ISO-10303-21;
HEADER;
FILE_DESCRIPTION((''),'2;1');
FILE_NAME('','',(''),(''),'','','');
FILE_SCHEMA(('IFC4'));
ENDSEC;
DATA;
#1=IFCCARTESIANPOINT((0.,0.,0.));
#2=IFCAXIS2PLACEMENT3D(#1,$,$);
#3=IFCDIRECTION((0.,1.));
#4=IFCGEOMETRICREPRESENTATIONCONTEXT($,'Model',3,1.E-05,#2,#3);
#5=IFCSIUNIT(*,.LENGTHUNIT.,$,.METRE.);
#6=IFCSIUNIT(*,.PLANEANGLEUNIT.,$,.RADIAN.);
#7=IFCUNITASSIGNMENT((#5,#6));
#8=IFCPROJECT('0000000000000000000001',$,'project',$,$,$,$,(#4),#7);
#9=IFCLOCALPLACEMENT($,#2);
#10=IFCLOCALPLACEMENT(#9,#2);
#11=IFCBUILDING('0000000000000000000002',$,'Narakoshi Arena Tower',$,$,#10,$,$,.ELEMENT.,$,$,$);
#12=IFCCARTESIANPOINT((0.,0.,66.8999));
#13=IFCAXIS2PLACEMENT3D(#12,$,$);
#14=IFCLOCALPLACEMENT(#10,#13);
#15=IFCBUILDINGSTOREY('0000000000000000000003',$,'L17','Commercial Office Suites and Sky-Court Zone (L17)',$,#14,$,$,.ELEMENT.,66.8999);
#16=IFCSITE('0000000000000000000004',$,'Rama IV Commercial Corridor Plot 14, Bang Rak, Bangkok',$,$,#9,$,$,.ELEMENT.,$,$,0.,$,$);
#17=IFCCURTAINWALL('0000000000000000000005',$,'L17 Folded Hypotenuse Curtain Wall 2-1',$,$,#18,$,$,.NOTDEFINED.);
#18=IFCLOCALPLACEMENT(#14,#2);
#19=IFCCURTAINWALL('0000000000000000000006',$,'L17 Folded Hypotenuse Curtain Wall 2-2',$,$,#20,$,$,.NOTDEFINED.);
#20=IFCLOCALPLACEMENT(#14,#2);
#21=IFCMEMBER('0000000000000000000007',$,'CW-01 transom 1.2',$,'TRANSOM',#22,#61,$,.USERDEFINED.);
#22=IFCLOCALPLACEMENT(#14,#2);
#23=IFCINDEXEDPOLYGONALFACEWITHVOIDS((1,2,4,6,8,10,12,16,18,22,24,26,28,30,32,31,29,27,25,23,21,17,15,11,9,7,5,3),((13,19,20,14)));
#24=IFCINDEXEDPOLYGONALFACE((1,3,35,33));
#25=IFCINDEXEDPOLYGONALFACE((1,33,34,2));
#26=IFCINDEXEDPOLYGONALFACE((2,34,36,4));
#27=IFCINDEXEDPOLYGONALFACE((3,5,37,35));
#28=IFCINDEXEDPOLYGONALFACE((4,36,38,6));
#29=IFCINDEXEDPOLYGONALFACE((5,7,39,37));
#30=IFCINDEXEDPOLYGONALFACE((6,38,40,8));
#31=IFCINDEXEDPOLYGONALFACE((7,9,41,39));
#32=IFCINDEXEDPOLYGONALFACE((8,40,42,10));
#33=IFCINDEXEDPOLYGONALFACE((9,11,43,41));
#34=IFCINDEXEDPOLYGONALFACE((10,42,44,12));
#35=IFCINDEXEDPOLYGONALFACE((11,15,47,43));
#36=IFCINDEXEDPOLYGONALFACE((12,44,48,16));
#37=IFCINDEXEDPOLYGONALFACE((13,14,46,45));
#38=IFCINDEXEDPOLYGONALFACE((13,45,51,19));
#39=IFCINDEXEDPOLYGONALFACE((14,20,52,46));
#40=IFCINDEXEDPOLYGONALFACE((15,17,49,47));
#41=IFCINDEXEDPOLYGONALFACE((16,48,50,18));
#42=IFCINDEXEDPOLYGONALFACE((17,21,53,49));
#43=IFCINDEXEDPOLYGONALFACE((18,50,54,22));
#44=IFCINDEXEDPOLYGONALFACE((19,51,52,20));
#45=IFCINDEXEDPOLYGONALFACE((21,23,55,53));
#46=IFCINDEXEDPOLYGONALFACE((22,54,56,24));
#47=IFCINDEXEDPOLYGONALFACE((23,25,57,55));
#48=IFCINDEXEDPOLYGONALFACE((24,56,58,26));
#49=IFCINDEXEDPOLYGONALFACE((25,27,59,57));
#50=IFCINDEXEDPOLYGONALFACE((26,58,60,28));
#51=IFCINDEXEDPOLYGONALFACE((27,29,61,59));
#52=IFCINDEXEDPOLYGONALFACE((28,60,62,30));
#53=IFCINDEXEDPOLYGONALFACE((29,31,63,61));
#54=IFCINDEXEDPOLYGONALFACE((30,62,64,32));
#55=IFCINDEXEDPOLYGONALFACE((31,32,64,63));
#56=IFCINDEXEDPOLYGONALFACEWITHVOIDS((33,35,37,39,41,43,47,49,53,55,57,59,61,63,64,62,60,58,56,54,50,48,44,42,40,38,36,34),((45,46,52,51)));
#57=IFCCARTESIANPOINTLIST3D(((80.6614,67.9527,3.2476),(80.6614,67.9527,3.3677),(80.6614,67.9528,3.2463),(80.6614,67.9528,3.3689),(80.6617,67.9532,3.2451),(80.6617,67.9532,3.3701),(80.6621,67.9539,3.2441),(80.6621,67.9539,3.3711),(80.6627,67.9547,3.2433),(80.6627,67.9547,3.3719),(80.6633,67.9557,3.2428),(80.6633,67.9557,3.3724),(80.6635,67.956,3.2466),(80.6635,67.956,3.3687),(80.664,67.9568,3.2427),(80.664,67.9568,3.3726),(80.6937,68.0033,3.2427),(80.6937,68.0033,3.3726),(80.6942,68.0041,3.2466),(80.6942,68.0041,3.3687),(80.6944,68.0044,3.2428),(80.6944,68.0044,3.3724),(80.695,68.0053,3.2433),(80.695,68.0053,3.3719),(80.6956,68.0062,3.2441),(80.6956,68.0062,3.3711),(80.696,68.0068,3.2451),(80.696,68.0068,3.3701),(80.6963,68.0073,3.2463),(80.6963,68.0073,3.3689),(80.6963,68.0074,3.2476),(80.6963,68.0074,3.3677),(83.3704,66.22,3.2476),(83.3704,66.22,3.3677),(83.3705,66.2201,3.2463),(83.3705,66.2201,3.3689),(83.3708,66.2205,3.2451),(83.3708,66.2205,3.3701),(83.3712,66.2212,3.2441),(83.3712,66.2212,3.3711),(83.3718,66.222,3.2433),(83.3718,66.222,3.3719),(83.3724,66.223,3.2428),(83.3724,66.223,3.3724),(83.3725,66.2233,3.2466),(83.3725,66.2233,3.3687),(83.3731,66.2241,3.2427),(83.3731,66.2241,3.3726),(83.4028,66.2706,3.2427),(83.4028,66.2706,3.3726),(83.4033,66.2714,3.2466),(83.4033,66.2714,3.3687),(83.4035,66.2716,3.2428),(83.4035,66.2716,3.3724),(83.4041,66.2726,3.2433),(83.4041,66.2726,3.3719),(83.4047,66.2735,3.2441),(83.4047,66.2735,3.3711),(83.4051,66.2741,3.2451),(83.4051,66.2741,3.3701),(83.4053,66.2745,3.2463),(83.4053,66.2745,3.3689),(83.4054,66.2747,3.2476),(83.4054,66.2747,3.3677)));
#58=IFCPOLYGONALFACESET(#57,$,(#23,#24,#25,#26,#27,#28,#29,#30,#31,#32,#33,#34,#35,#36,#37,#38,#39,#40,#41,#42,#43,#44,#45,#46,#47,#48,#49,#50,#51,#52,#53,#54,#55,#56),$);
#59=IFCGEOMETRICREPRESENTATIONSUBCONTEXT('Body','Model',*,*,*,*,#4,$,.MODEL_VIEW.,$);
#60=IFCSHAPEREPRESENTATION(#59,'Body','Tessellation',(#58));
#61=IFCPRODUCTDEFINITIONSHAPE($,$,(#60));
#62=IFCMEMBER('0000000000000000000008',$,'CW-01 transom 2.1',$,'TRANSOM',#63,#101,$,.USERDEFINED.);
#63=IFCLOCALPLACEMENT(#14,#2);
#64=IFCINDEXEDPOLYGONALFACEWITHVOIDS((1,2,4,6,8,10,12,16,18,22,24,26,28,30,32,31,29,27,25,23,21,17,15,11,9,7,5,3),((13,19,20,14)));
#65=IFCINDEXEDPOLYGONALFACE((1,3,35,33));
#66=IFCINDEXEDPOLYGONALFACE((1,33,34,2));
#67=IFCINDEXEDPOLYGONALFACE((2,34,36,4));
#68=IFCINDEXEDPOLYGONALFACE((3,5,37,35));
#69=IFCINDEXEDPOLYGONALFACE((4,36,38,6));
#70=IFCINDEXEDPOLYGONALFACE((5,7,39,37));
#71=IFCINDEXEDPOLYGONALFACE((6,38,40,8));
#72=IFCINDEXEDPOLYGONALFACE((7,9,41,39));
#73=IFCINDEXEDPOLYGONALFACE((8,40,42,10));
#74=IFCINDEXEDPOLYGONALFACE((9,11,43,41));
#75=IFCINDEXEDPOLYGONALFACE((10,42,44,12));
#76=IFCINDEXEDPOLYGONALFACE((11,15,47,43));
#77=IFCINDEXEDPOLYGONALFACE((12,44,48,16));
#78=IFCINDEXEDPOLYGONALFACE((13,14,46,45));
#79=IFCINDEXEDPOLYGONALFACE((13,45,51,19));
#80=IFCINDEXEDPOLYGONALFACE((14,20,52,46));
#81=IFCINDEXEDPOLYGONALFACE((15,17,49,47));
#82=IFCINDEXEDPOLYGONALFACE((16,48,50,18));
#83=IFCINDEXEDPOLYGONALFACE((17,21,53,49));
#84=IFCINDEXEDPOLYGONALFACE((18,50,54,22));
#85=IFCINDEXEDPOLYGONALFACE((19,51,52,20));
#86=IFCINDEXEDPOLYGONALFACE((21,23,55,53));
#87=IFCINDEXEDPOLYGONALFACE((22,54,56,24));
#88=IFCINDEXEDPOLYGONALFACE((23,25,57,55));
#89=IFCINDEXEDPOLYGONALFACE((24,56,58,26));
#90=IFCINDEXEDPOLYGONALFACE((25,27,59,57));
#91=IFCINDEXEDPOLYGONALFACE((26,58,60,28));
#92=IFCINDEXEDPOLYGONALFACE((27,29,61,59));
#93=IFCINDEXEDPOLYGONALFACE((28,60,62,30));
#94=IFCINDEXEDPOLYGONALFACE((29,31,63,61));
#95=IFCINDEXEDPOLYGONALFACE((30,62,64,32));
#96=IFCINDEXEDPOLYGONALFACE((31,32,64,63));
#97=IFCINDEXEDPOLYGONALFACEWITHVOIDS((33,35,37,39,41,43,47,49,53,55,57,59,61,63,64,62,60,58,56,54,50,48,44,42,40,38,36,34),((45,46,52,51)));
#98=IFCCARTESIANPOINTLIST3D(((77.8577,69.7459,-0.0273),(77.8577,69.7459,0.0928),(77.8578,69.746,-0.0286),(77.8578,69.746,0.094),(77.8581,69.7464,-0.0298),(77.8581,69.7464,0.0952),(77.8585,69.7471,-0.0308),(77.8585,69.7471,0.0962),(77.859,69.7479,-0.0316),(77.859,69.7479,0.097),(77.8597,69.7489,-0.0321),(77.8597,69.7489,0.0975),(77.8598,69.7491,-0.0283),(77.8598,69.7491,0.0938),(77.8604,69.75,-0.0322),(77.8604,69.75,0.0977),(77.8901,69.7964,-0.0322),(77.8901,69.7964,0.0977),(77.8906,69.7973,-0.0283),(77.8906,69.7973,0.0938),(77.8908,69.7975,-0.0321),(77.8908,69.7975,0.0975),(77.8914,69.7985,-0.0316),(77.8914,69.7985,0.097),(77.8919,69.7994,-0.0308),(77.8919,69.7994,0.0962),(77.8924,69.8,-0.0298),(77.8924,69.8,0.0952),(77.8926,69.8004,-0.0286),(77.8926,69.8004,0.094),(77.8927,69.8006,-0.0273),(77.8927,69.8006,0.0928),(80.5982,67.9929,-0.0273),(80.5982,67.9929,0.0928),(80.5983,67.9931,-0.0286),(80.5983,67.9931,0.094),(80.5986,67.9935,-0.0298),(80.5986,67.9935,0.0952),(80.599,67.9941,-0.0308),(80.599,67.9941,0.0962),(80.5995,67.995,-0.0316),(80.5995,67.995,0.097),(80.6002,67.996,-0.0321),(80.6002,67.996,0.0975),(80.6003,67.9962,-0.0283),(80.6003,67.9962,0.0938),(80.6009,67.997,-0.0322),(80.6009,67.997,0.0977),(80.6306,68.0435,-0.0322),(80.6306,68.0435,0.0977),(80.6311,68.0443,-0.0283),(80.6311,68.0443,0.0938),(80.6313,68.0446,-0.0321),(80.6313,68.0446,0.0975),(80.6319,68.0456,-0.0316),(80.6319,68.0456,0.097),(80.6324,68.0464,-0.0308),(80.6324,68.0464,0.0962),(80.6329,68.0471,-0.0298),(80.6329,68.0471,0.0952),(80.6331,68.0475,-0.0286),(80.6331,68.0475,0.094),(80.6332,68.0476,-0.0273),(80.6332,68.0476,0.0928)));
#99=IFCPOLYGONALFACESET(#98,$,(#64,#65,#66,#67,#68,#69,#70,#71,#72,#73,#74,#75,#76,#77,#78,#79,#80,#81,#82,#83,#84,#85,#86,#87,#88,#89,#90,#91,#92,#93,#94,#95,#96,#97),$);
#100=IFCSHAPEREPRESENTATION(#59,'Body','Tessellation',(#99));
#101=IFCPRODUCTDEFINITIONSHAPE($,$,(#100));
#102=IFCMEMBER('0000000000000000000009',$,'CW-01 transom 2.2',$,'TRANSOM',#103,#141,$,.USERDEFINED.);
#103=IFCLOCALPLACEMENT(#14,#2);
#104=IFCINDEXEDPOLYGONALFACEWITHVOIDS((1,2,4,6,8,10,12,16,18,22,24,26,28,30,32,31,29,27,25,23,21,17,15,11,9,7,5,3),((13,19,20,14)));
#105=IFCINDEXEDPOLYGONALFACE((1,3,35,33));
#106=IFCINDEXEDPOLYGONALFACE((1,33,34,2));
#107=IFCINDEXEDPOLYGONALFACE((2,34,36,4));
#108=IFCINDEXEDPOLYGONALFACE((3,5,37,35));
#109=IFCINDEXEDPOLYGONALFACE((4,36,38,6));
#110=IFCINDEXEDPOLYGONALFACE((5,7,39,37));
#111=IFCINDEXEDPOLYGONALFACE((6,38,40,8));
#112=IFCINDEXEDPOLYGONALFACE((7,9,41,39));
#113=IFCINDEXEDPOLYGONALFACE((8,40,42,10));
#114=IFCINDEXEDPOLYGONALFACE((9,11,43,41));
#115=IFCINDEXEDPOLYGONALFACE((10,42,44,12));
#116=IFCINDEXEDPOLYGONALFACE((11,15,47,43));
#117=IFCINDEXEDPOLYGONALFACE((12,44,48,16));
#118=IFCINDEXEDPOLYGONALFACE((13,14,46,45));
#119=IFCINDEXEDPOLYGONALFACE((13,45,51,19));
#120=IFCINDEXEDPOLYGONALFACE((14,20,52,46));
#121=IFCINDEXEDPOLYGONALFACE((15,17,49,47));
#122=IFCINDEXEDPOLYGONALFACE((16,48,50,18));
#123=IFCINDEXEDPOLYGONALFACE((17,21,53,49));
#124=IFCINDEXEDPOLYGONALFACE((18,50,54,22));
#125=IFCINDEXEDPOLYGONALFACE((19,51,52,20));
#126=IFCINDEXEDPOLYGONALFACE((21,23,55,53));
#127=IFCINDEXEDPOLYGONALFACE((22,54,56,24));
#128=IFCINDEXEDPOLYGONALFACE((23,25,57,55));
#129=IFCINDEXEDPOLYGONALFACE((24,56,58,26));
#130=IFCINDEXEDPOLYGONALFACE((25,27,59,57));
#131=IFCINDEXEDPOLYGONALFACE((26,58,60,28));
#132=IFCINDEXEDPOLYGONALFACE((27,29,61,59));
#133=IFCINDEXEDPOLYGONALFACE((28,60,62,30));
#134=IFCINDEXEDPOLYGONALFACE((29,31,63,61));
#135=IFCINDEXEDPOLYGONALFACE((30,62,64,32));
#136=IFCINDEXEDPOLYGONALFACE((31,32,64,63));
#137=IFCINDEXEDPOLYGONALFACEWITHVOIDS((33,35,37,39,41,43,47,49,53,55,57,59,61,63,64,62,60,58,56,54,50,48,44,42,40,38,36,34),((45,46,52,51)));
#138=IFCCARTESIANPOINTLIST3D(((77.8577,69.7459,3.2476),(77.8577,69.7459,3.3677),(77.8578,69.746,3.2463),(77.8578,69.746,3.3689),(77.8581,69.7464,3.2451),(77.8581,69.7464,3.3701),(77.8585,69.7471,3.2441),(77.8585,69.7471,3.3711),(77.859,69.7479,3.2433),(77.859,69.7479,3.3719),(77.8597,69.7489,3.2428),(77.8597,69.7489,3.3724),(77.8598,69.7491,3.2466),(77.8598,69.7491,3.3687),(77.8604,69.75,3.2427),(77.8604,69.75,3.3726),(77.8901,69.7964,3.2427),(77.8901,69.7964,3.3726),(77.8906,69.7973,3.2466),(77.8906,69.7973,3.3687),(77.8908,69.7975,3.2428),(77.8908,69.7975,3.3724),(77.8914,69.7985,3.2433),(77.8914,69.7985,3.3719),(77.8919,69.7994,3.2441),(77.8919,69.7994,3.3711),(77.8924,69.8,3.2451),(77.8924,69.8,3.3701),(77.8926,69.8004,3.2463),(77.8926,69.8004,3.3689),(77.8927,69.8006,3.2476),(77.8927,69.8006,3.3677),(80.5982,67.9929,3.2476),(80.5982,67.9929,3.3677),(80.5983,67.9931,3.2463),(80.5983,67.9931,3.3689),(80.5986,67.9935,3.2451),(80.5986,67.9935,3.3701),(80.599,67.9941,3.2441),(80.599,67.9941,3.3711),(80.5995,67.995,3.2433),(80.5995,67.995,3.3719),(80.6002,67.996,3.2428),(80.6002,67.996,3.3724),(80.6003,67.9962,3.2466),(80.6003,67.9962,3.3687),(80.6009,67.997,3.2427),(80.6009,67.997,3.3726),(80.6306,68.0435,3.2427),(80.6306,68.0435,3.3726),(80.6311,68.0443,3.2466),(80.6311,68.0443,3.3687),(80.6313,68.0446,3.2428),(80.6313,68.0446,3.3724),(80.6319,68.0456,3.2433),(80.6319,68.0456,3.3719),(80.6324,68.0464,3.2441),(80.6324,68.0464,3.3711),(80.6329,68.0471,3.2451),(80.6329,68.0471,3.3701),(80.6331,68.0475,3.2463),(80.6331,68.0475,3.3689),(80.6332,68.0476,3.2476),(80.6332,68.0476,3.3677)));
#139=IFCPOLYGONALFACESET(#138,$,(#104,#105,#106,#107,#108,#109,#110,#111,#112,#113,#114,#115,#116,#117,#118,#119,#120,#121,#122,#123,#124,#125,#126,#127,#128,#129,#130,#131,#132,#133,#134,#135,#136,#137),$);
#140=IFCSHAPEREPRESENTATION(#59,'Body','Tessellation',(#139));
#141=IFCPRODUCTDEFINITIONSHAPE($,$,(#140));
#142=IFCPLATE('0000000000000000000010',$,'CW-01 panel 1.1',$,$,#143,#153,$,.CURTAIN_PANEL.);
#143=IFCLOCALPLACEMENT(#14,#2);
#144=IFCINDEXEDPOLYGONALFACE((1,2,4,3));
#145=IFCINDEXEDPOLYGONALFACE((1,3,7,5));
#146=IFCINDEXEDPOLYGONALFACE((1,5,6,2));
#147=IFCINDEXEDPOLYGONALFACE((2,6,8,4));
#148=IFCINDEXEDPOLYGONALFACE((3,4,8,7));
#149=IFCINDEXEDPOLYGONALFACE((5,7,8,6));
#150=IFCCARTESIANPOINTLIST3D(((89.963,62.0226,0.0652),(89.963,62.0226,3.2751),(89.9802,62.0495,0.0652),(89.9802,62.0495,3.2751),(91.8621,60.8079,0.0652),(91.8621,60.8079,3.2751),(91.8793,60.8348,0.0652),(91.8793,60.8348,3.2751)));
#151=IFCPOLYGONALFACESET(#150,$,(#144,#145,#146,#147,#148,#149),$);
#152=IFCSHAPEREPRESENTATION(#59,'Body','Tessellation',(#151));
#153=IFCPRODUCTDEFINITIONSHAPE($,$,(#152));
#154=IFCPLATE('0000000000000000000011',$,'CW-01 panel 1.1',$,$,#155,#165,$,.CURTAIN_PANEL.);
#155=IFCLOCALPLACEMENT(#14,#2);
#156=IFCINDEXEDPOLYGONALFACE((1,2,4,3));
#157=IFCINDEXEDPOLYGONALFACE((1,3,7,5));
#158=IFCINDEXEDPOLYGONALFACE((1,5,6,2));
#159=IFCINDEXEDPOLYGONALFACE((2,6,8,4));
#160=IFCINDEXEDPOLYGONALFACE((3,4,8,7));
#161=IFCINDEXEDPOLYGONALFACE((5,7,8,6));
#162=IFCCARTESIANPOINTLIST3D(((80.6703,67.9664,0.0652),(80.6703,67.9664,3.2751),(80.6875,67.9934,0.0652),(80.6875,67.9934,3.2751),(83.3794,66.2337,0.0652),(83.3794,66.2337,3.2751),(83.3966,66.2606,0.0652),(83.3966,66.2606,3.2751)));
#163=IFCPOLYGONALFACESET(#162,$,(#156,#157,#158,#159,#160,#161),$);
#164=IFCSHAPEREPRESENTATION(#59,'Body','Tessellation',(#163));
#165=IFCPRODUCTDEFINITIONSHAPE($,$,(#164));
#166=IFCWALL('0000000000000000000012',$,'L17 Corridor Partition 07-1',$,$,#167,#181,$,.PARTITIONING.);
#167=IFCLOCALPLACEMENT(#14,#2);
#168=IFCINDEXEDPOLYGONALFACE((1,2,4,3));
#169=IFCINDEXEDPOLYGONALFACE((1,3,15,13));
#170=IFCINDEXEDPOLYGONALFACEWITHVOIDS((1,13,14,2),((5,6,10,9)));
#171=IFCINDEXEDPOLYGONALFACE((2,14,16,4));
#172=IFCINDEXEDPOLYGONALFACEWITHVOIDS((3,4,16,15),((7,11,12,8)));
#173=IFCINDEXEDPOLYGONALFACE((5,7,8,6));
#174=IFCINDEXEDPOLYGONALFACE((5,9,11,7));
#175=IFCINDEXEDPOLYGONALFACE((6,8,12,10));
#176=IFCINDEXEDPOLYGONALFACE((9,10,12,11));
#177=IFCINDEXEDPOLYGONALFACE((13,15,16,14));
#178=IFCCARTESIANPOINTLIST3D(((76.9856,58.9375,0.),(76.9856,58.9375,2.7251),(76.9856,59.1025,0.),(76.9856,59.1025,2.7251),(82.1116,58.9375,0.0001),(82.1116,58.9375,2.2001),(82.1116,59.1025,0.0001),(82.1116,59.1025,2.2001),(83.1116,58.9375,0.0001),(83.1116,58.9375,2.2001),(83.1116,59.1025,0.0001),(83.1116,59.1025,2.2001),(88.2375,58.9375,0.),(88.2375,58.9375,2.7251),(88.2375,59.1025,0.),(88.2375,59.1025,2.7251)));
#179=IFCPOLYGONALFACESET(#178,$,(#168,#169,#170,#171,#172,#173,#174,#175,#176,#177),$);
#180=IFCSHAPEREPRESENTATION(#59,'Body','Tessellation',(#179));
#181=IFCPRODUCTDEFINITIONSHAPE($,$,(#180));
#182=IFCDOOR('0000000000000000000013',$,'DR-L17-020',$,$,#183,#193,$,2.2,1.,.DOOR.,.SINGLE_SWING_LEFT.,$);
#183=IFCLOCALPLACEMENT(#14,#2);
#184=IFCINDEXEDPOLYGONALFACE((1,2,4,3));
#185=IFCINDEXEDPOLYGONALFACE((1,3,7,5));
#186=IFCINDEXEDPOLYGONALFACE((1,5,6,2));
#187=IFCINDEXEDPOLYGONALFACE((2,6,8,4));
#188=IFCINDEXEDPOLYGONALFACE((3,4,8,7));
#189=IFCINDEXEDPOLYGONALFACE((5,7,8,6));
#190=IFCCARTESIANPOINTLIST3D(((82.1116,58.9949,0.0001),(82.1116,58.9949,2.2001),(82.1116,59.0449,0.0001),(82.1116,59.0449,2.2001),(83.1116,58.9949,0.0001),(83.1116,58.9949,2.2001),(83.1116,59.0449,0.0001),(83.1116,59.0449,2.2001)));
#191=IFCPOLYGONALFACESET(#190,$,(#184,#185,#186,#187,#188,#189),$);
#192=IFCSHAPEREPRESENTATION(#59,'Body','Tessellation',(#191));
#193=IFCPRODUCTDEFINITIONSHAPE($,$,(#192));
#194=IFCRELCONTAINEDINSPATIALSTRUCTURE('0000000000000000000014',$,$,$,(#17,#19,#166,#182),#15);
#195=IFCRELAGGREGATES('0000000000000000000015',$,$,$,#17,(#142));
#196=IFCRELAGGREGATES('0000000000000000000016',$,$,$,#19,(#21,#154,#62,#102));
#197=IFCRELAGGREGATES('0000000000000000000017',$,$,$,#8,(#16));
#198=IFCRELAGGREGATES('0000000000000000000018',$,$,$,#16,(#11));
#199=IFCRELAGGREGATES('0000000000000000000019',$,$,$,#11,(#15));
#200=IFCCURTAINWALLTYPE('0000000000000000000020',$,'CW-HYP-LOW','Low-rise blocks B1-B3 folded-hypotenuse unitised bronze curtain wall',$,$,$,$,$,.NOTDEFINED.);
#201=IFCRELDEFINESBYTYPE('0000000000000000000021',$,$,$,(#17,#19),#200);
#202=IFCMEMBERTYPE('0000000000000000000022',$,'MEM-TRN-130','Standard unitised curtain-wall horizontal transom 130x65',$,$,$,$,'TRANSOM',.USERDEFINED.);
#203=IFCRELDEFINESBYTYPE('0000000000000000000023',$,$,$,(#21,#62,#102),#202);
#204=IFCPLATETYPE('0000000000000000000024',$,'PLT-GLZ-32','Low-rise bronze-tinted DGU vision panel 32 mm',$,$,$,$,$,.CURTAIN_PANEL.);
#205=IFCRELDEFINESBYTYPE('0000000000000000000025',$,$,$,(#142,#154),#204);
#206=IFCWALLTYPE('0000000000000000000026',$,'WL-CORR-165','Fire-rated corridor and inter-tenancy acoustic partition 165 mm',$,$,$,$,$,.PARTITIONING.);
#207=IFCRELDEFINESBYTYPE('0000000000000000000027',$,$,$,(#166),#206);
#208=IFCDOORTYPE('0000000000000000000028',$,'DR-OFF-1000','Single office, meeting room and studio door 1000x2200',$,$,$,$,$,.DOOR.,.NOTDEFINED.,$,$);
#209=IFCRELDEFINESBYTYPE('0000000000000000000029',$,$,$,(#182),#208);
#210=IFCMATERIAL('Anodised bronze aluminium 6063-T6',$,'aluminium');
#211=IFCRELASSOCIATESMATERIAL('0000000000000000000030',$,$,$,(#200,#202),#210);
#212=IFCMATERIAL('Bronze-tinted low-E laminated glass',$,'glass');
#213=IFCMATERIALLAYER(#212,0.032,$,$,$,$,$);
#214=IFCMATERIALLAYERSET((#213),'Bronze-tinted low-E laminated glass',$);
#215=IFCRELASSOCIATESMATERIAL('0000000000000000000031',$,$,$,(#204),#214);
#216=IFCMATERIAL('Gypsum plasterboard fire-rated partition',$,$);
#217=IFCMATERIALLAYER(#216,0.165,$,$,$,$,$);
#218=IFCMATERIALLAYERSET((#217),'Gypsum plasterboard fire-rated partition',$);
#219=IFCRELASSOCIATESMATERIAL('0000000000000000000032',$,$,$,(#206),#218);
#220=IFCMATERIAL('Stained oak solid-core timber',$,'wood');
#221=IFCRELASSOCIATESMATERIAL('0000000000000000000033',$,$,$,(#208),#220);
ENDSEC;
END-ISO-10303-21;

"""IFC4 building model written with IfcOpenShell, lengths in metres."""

from ifc_helpers import new_model, si_unit, direction, frame, frame_2d, origin, origin_2d, place, context, subcontext, project, spatial, rectangle, hollow_rectangle, extrude, material, layer, layer_set, material_profile, profile_set, type_object, element, fill, aggregate, save


model = new_model("IFC4")

# Units and contexts
model_context = context("Model", 3, precision=1e-05, world=origin(), true_north=direction((0.0, 1.0)))
body_context = subcontext(model_context, "Body", "Model", "MODEL_VIEW")
ifc_project = project(units=[si_unit("LENGTHUNIT", "METRE"), si_unit("PLANEANGLEUNIT", "RADIAN")], contexts=[model_context])

# Site, building, storey
site_placement = place(None, origin())
site = spatial("IfcSite", under=ifc_project, at=site_placement, Name="Rama IV Commercial Corridor Plot 14, Bang Rak, Bangkok", CompositionType="ELEMENT", RefElevation=0.0)
building_placement = place(site_placement, origin())
building = spatial("IfcBuilding", under=site, at=building_placement, Name="Narakoshi Arena Tower", CompositionType="ELEMENT")
storey_placement = place(building_placement, frame((0.0, 0.0, 66.8999)))
storey = spatial("IfcBuildingStorey", under=building, at=storey_placement, Name="L17", Description="Commercial Office Suites and Sky-Court Zone (L17)", CompositionType="ELEMENT", Elevation=66.8999)

# Curtain wall
ifc_material_1 = material(Name="Anodised bronze aluminium 6063-T6", Category="aluminium")
curtain_wall_type = type_object("IfcCurtainWallType", Name="CW-HYP-LOW", Description="Low-rise blocks B1-B3 folded-hypotenuse unitised bronze curtain wall", PredefinedType="NOTDEFINED", material=ifc_material_1)
curtain_wall_1_placement = place(storey_placement, origin())
curtain_wall_1 = element("IfcCurtainWall", 1, at=curtain_wall_1_placement, inside=storey, type_object=curtain_wall_type, Name="L17 Folded Hypotenuse Curtain Wall 2-1", PredefinedType="NOTDEFINED")

# Curtain wall
curtain_wall_2_placement = place(storey_placement, origin())
curtain_wall_2 = element("IfcCurtainWall", 2, at=curtain_wall_2_placement, inside=storey, type_object=curtain_wall_type, Name="L17 Folded Hypotenuse Curtain Wall 2-2", PredefinedType="NOTDEFINED")

# Members
ifc_material_profile_1 = material_profile(ifc_material_1, hollow_rectangle(XDim=0.0649, YDim=0.1299, WallThickness=0.0039, OuterFilletRadius=0.0049, at=origin_2d()), Name="TRN130x65x4")
ifc_profile_set_1 = profile_set([ifc_material_profile_1], Name="Anodised bronze aluminium 6063-T6")
member_type_1 = type_object("IfcMemberType", Name="MEM-TRN-130", Description="Standard unitised curtain-wall horizontal transom 130x65", ElementType="TRANSOM", PredefinedType="USERDEFINED", material=ifc_profile_set_1)
member_1_placement = place(storey_placement, frame((83.3879, 66.2473, 3.3076), z_axis=(-0.842424, 0.538815, 0.0), x_axis=(-0.538815, -0.842424, 0.0)))
member_1 = element("IfcMember", 3, at=member_1_placement, type_object=member_type_1, Name="CW-01 transom 1.2", ObjectType="TRANSOM", PredefinedType="USERDEFINED", context=body_context, shape_type="SweptSolid", body=[
    extrude(hollow_rectangle(XDim=0.0649, YDim=0.1299, WallThickness=0.0039, OuterFilletRadius=0.0049, at=origin_2d()), origin(), (0.0, 0.0, 1.0), 3.2158),
])
member_2_placement = place(storey_placement, frame((80.6157, 68.0203, 0.0327), z_axis=(-0.842408, 0.538841, 0.0), x_axis=(-0.538841, -0.842408, 0.0)))
member_2 = element("IfcMember", 4, at=member_2_placement, type_object=member_type_1, Name="CW-01 transom 2.1", ObjectType="TRANSOM", PredefinedType="USERDEFINED", context=body_context, shape_type="SweptSolid", body=[
    extrude(hollow_rectangle(XDim=0.0649, YDim=0.1299, WallThickness=0.0039, OuterFilletRadius=0.0049, at=origin_2d()), origin(), (0.0, 0.0, 1.0), 3.2532),
])
member_3_placement = place(storey_placement, frame((80.6157, 68.0203, 3.3076), z_axis=(-0.842408, 0.538841, 0.0), x_axis=(-0.538841, -0.842408, 0.0)))
member_3 = element("IfcMember", 5, at=member_3_placement, type_object=member_type_1, Name="CW-01 transom 2.2", ObjectType="TRANSOM", PredefinedType="USERDEFINED", context=body_context, shape_type="SweptSolid", body=[
    extrude(hollow_rectangle(XDim=0.0649, YDim=0.1299, WallThickness=0.0039, OuterFilletRadius=0.0049, at=origin_2d()), origin(), (0.0, 0.0, 1.0), 3.2532),
])

# Plates
ifc_material_2 = material(Name="Bronze-tinted low-E laminated glass", Category="glass")
ifc_layer_1 = layer(ifc_material_2, 0.032)
ifc_layer_set_1 = layer_set([ifc_layer_1], Name="Bronze-tinted low-E laminated glass")
plate_type = type_object("IfcPlateType", Name="PLT-GLZ-32", Description="Low-rise bronze-tinted DGU vision panel 32 mm", PredefinedType="CURTAIN_PANEL", material=ifc_layer_set_1)
plate_1_placement = place(storey_placement, frame((90.9211, 61.4287, 0.0652), z_axis=(0.0, 0.0, 1.0), x_axis=(-0.842419, 0.538822, 0.0)))
plate_1 = element("IfcPlate", 6, at=plate_1_placement, type_object=plate_type, Name="CW-01 panel 1.1", PredefinedType="CURTAIN_PANEL", context=body_context, shape_type="SweptSolid", body=[
    extrude(rectangle(XDim=2.2544, YDim=0.032, at=origin_2d()), origin(), (0.0, 0.0, 1.0), 3.21),
])
aggregate(curtain_wall_1, [plate_1])
plate_2_placement = place(storey_placement, frame((82.0334, 67.1135, 0.0652), z_axis=(0.0, 0.0, 1.0), x_axis=(-0.842415, 0.538829, 0.0)))
plate_2 = element("IfcPlate", 7, at=plate_2_placement, type_object=plate_type, Name="CW-01 panel 1.1", PredefinedType="CURTAIN_PANEL", context=body_context, shape_type="SweptSolid", body=[
    extrude(rectangle(XDim=3.2158, YDim=0.032, at=origin_2d()), origin(), (0.0, 0.0, 1.0), 3.21),
])
aggregate(curtain_wall_2, [member_1, plate_2, member_2, member_3])

# Wall, opening, door
ifc_material_3 = material(Name="Gypsum plasterboard fire-rated partition")
ifc_layer_2 = layer(ifc_material_3, 0.165)
ifc_layer_set_2 = layer_set([ifc_layer_2], Name="Gypsum plasterboard fire-rated partition")
wall_type_1 = type_object("IfcWallType", Name="WL-CORR-165", Description="Fire-rated corridor and inter-tenancy acoustic partition 165 mm", PredefinedType="PARTITIONING", material=ifc_layer_set_2)
wall_1_placement = place(storey_placement, frame((88.2375, 59.02, 0.0), z_axis=(0.0, 0.0, 1.0), x_axis=(-1.0, 0.0, 0.0)))
wall_1 = element("IfcWall", 8, at=wall_1_placement, inside=storey, type_object=wall_type_1, Name="L17 Corridor Partition 07-1", PredefinedType="PARTITIONING", context=body_context, shape_type="SweptSolid", body=[
    extrude(rectangle(XDim=11.252, YDim=0.165, at=frame_2d((5.626, 0.0))), origin(), (0.0, 0.0, 1.0), 2.7251),
])
opening_placement = place(wall_1_placement, frame((5.126, 0.0, 0.0)))
opening = element("IfcOpeningElement", 9, at=opening_placement, cuts=wall_1, PredefinedType="OPENING", context=body_context, shape_type="SweptSolid", body=[
    extrude(rectangle(XDim=1.0, YDim=2.2, at=frame_2d((0.5, 1.1001))), frame((0.0, 0.0925, 0.0), z_axis=(0.0, -1.0, 0.0), x_axis=(1.0, 0.0, 0.0)), (0.0, 0.0, 1.0), 0.1851),
])
ifc_material_4 = material(Name="Stained oak solid-core timber", Category="wood")
door_type = type_object("IfcDoorType", Name="DR-OFF-1000", Description="Single office, meeting room and studio door 1000x2200", OperationType="NOTDEFINED", PredefinedType="DOOR", material=ifc_material_4)
door_placement = place(opening_placement, frame((1.0, 0.0, 0.0), z_axis=(0.0, 0.0, 1.0), x_axis=(-1.0, 0.0, 0.0)))
door = element("IfcDoor", 10, at=door_placement, inside=storey, type_object=door_type, Name="DR-L17-020", OperationType="SINGLE_SWING_LEFT", OverallHeight=2.2, OverallWidth=1.0, PredefinedType="DOOR", context=body_context, shape_type="SweptSolid", body=[
    extrude(rectangle(XDim=1.0, YDim=2.2, at=frame_2d((0.5, 1.1001))), frame((0.0, 0.0249, 0.0), z_axis=(0.0, -1.0, 0.0), x_axis=(1.0, 0.0, 0.0)), (0.0, 0.0, 1.0), 0.05),
])
fill(opening, door)

save(model, "model.ifc")
